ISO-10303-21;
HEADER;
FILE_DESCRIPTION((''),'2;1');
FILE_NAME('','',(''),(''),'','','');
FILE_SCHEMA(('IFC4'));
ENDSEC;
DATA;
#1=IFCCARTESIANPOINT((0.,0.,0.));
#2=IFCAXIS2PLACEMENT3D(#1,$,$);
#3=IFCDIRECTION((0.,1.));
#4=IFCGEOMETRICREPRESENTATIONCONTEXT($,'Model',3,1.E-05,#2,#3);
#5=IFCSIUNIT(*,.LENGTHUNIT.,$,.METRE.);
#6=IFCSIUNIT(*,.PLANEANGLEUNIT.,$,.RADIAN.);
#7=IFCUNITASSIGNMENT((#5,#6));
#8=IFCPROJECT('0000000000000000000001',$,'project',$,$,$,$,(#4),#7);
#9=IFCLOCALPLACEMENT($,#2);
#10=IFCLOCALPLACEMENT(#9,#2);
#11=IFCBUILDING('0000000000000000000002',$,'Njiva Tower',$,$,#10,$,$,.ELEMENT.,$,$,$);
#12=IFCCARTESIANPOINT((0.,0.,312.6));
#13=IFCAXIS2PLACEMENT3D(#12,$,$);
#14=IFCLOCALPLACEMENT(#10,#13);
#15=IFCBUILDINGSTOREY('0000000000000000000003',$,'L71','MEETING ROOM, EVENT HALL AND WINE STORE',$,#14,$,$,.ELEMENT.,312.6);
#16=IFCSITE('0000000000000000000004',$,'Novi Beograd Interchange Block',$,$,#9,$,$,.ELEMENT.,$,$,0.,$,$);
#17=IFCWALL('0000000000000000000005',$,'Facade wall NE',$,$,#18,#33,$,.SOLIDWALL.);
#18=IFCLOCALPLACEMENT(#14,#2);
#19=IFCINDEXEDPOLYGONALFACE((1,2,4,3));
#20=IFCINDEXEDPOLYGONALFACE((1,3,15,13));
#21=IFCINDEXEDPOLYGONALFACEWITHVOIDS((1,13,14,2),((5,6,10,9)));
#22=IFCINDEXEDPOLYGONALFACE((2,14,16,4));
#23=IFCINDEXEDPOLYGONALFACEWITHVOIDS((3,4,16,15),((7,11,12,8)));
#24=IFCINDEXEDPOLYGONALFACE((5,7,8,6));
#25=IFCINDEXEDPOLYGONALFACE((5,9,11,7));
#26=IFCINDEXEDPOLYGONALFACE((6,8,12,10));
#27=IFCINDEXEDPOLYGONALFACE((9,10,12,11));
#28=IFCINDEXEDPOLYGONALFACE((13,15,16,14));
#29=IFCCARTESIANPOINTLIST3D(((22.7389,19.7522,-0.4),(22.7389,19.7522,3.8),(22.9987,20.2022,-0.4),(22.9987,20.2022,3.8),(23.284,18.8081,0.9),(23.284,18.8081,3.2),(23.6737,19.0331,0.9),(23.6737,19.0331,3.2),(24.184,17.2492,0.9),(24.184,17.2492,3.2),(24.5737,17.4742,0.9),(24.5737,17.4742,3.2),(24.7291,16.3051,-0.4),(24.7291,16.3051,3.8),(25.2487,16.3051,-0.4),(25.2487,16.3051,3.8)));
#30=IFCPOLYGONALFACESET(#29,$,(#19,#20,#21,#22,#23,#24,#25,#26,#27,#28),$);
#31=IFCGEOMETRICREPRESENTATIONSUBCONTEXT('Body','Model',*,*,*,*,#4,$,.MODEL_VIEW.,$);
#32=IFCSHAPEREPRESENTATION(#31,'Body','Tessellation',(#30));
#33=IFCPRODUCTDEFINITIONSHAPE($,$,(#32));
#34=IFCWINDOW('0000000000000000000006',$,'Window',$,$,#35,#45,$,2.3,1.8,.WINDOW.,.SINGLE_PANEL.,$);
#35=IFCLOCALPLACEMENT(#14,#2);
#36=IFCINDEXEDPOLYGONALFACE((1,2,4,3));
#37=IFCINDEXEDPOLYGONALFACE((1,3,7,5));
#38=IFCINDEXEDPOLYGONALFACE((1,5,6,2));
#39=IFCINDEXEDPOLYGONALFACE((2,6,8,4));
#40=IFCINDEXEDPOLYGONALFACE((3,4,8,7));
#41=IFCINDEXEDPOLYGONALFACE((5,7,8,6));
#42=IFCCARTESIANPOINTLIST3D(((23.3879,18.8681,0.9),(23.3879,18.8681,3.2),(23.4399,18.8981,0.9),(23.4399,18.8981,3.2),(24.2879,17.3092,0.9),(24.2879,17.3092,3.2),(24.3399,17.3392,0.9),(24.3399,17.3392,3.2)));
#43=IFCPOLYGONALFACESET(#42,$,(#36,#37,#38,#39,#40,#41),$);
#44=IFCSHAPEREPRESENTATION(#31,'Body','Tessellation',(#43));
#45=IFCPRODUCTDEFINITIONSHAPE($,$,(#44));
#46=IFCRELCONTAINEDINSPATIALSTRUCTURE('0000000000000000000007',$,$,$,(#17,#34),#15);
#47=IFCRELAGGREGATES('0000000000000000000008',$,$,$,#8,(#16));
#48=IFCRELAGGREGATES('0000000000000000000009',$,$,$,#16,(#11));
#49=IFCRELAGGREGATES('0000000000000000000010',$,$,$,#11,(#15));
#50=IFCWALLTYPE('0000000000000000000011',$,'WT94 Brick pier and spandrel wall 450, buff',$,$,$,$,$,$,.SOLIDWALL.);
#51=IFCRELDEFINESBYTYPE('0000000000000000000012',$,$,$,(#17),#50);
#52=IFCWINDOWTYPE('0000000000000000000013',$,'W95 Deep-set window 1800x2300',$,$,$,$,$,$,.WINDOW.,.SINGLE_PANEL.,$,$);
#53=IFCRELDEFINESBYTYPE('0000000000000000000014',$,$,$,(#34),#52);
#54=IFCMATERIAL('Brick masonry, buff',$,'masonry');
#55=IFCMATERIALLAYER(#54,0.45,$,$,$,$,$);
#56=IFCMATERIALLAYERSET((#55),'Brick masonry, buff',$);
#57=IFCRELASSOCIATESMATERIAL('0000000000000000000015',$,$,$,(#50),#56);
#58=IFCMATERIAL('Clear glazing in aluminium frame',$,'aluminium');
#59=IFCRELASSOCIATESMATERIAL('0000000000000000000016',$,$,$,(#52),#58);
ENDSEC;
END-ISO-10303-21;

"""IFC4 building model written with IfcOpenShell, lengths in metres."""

from ifc_helpers import new_model, si_unit, direction, frame, frame_2d, origin, place, context, subcontext, project, spatial, polyline, rectangle, outline, extrude, material, layer, layer_set, type_object, element, fill, save


model = new_model("IFC4")

# Units and contexts
model_context = context("Model", 3, precision=1e-05, world=origin(), true_north=direction((0.0, 1.0)))
body_context = subcontext(model_context, "Body", "Model", "MODEL_VIEW")
ifc_project = project(units=[si_unit("LENGTHUNIT", "METRE"), si_unit("PLANEANGLEUNIT", "RADIAN")], contexts=[model_context])

# Site, building, storey
site_placement = place(None, origin())
site = spatial("IfcSite", under=ifc_project, at=site_placement, Name="Novi Beograd Interchange Block", CompositionType="ELEMENT", RefElevation=0.0)
building_placement = place(site_placement, origin())
building = spatial("IfcBuilding", under=site, at=building_placement, Name="Njiva Tower", CompositionType="ELEMENT")
storey_placement = place(building_placement, frame((0.0, 0.0, 312.6)))
storey = spatial("IfcBuildingStorey", under=building, at=storey_placement, Name="L71", Description="MEETING ROOM, EVENT HALL AND WINE STORE", CompositionType="ELEMENT", Elevation=312.6)

# Shared definitions
ifc_material_1 = material(Name="Clear glazing in aluminium frame", Category="aluminium")

# Wall, opening, window
ifc_material_2 = material(Name="Brick masonry, buff", Category="masonry")
ifc_layer_1 = layer(ifc_material_2, 0.45)
ifc_layer_set_1 = layer_set([ifc_layer_1], Name="Brick masonry, buff")
wall_type_1 = type_object("IfcWallType", Name="WT94 Brick pier and spandrel wall 450, buff", PredefinedType="SOLIDWALL", material=ifc_layer_set_1)
wall_1_placement = place(storey_placement, frame((24.9889, 16.3051, -0.4), z_axis=(0.0, 0.0, 1.0), x_axis=(-0.500002, 0.866024, 0.0)))
wall_1 = element("IfcWall", 1, at=wall_1_placement, inside=storey, type_object=wall_type_1, Name="Facade wall NE", PredefinedType="SOLIDWALL", context=body_context, shape_type="SweptSolid", body=[
    extrude(outline(polyline([(-0.1299, -0.225), (4.3701, -0.225), (4.1103, 0.225), (0.1299, 0.225), (-0.1299, -0.225)])), origin(), (0.0, 0.0, 1.0), 4.2),
])
opening_1_placement = place(wall_1_placement, frame((1.2201, 0.0, 1.3)))
opening_1 = element("IfcOpeningElement", 2, at=opening_1_placement, cuts=wall_1, PredefinedType="OPENING", context=body_context, shape_type="SweptSolid", body=[
    extrude(rectangle(XDim=1.8, YDim=2.3, at=frame_2d((0.9, 1.15))), frame((0.0, 0.235, 0.0), z_axis=(0.0, -1.0, 0.0), x_axis=(1.0, 0.0, 0.0)), (0.0, 0.0, 1.0), 0.47),
])
window_type_1 = type_object("IfcWindowType", Name="W95 Deep-set window 1800x2300", PartitioningType="SINGLE_PANEL", PredefinedType="WINDOW", material=ifc_material_1)
window_1_placement = place(opening_1_placement, origin())
window_1 = element("IfcWindow", 3, at=window_1_placement, inside=storey, type_object=window_type_1, Name="Window", OverallHeight=2.3, OverallWidth=1.8, PartitioningType="SINGLE_PANEL", PredefinedType="WINDOW", context=body_context, shape_type="SweptSolid", body=[
    extrude(rectangle(XDim=1.8, YDim=2.3, at=frame_2d((0.9, 1.15))), frame((0.0, 0.105, 0.0), z_axis=(0.0, -1.0, 0.0), x_axis=(1.0, 0.0, 0.0)), (0.0, 0.0, 1.0), 0.06),
])
fill(opening_1, window_1)

save(model, "model.ifc")
